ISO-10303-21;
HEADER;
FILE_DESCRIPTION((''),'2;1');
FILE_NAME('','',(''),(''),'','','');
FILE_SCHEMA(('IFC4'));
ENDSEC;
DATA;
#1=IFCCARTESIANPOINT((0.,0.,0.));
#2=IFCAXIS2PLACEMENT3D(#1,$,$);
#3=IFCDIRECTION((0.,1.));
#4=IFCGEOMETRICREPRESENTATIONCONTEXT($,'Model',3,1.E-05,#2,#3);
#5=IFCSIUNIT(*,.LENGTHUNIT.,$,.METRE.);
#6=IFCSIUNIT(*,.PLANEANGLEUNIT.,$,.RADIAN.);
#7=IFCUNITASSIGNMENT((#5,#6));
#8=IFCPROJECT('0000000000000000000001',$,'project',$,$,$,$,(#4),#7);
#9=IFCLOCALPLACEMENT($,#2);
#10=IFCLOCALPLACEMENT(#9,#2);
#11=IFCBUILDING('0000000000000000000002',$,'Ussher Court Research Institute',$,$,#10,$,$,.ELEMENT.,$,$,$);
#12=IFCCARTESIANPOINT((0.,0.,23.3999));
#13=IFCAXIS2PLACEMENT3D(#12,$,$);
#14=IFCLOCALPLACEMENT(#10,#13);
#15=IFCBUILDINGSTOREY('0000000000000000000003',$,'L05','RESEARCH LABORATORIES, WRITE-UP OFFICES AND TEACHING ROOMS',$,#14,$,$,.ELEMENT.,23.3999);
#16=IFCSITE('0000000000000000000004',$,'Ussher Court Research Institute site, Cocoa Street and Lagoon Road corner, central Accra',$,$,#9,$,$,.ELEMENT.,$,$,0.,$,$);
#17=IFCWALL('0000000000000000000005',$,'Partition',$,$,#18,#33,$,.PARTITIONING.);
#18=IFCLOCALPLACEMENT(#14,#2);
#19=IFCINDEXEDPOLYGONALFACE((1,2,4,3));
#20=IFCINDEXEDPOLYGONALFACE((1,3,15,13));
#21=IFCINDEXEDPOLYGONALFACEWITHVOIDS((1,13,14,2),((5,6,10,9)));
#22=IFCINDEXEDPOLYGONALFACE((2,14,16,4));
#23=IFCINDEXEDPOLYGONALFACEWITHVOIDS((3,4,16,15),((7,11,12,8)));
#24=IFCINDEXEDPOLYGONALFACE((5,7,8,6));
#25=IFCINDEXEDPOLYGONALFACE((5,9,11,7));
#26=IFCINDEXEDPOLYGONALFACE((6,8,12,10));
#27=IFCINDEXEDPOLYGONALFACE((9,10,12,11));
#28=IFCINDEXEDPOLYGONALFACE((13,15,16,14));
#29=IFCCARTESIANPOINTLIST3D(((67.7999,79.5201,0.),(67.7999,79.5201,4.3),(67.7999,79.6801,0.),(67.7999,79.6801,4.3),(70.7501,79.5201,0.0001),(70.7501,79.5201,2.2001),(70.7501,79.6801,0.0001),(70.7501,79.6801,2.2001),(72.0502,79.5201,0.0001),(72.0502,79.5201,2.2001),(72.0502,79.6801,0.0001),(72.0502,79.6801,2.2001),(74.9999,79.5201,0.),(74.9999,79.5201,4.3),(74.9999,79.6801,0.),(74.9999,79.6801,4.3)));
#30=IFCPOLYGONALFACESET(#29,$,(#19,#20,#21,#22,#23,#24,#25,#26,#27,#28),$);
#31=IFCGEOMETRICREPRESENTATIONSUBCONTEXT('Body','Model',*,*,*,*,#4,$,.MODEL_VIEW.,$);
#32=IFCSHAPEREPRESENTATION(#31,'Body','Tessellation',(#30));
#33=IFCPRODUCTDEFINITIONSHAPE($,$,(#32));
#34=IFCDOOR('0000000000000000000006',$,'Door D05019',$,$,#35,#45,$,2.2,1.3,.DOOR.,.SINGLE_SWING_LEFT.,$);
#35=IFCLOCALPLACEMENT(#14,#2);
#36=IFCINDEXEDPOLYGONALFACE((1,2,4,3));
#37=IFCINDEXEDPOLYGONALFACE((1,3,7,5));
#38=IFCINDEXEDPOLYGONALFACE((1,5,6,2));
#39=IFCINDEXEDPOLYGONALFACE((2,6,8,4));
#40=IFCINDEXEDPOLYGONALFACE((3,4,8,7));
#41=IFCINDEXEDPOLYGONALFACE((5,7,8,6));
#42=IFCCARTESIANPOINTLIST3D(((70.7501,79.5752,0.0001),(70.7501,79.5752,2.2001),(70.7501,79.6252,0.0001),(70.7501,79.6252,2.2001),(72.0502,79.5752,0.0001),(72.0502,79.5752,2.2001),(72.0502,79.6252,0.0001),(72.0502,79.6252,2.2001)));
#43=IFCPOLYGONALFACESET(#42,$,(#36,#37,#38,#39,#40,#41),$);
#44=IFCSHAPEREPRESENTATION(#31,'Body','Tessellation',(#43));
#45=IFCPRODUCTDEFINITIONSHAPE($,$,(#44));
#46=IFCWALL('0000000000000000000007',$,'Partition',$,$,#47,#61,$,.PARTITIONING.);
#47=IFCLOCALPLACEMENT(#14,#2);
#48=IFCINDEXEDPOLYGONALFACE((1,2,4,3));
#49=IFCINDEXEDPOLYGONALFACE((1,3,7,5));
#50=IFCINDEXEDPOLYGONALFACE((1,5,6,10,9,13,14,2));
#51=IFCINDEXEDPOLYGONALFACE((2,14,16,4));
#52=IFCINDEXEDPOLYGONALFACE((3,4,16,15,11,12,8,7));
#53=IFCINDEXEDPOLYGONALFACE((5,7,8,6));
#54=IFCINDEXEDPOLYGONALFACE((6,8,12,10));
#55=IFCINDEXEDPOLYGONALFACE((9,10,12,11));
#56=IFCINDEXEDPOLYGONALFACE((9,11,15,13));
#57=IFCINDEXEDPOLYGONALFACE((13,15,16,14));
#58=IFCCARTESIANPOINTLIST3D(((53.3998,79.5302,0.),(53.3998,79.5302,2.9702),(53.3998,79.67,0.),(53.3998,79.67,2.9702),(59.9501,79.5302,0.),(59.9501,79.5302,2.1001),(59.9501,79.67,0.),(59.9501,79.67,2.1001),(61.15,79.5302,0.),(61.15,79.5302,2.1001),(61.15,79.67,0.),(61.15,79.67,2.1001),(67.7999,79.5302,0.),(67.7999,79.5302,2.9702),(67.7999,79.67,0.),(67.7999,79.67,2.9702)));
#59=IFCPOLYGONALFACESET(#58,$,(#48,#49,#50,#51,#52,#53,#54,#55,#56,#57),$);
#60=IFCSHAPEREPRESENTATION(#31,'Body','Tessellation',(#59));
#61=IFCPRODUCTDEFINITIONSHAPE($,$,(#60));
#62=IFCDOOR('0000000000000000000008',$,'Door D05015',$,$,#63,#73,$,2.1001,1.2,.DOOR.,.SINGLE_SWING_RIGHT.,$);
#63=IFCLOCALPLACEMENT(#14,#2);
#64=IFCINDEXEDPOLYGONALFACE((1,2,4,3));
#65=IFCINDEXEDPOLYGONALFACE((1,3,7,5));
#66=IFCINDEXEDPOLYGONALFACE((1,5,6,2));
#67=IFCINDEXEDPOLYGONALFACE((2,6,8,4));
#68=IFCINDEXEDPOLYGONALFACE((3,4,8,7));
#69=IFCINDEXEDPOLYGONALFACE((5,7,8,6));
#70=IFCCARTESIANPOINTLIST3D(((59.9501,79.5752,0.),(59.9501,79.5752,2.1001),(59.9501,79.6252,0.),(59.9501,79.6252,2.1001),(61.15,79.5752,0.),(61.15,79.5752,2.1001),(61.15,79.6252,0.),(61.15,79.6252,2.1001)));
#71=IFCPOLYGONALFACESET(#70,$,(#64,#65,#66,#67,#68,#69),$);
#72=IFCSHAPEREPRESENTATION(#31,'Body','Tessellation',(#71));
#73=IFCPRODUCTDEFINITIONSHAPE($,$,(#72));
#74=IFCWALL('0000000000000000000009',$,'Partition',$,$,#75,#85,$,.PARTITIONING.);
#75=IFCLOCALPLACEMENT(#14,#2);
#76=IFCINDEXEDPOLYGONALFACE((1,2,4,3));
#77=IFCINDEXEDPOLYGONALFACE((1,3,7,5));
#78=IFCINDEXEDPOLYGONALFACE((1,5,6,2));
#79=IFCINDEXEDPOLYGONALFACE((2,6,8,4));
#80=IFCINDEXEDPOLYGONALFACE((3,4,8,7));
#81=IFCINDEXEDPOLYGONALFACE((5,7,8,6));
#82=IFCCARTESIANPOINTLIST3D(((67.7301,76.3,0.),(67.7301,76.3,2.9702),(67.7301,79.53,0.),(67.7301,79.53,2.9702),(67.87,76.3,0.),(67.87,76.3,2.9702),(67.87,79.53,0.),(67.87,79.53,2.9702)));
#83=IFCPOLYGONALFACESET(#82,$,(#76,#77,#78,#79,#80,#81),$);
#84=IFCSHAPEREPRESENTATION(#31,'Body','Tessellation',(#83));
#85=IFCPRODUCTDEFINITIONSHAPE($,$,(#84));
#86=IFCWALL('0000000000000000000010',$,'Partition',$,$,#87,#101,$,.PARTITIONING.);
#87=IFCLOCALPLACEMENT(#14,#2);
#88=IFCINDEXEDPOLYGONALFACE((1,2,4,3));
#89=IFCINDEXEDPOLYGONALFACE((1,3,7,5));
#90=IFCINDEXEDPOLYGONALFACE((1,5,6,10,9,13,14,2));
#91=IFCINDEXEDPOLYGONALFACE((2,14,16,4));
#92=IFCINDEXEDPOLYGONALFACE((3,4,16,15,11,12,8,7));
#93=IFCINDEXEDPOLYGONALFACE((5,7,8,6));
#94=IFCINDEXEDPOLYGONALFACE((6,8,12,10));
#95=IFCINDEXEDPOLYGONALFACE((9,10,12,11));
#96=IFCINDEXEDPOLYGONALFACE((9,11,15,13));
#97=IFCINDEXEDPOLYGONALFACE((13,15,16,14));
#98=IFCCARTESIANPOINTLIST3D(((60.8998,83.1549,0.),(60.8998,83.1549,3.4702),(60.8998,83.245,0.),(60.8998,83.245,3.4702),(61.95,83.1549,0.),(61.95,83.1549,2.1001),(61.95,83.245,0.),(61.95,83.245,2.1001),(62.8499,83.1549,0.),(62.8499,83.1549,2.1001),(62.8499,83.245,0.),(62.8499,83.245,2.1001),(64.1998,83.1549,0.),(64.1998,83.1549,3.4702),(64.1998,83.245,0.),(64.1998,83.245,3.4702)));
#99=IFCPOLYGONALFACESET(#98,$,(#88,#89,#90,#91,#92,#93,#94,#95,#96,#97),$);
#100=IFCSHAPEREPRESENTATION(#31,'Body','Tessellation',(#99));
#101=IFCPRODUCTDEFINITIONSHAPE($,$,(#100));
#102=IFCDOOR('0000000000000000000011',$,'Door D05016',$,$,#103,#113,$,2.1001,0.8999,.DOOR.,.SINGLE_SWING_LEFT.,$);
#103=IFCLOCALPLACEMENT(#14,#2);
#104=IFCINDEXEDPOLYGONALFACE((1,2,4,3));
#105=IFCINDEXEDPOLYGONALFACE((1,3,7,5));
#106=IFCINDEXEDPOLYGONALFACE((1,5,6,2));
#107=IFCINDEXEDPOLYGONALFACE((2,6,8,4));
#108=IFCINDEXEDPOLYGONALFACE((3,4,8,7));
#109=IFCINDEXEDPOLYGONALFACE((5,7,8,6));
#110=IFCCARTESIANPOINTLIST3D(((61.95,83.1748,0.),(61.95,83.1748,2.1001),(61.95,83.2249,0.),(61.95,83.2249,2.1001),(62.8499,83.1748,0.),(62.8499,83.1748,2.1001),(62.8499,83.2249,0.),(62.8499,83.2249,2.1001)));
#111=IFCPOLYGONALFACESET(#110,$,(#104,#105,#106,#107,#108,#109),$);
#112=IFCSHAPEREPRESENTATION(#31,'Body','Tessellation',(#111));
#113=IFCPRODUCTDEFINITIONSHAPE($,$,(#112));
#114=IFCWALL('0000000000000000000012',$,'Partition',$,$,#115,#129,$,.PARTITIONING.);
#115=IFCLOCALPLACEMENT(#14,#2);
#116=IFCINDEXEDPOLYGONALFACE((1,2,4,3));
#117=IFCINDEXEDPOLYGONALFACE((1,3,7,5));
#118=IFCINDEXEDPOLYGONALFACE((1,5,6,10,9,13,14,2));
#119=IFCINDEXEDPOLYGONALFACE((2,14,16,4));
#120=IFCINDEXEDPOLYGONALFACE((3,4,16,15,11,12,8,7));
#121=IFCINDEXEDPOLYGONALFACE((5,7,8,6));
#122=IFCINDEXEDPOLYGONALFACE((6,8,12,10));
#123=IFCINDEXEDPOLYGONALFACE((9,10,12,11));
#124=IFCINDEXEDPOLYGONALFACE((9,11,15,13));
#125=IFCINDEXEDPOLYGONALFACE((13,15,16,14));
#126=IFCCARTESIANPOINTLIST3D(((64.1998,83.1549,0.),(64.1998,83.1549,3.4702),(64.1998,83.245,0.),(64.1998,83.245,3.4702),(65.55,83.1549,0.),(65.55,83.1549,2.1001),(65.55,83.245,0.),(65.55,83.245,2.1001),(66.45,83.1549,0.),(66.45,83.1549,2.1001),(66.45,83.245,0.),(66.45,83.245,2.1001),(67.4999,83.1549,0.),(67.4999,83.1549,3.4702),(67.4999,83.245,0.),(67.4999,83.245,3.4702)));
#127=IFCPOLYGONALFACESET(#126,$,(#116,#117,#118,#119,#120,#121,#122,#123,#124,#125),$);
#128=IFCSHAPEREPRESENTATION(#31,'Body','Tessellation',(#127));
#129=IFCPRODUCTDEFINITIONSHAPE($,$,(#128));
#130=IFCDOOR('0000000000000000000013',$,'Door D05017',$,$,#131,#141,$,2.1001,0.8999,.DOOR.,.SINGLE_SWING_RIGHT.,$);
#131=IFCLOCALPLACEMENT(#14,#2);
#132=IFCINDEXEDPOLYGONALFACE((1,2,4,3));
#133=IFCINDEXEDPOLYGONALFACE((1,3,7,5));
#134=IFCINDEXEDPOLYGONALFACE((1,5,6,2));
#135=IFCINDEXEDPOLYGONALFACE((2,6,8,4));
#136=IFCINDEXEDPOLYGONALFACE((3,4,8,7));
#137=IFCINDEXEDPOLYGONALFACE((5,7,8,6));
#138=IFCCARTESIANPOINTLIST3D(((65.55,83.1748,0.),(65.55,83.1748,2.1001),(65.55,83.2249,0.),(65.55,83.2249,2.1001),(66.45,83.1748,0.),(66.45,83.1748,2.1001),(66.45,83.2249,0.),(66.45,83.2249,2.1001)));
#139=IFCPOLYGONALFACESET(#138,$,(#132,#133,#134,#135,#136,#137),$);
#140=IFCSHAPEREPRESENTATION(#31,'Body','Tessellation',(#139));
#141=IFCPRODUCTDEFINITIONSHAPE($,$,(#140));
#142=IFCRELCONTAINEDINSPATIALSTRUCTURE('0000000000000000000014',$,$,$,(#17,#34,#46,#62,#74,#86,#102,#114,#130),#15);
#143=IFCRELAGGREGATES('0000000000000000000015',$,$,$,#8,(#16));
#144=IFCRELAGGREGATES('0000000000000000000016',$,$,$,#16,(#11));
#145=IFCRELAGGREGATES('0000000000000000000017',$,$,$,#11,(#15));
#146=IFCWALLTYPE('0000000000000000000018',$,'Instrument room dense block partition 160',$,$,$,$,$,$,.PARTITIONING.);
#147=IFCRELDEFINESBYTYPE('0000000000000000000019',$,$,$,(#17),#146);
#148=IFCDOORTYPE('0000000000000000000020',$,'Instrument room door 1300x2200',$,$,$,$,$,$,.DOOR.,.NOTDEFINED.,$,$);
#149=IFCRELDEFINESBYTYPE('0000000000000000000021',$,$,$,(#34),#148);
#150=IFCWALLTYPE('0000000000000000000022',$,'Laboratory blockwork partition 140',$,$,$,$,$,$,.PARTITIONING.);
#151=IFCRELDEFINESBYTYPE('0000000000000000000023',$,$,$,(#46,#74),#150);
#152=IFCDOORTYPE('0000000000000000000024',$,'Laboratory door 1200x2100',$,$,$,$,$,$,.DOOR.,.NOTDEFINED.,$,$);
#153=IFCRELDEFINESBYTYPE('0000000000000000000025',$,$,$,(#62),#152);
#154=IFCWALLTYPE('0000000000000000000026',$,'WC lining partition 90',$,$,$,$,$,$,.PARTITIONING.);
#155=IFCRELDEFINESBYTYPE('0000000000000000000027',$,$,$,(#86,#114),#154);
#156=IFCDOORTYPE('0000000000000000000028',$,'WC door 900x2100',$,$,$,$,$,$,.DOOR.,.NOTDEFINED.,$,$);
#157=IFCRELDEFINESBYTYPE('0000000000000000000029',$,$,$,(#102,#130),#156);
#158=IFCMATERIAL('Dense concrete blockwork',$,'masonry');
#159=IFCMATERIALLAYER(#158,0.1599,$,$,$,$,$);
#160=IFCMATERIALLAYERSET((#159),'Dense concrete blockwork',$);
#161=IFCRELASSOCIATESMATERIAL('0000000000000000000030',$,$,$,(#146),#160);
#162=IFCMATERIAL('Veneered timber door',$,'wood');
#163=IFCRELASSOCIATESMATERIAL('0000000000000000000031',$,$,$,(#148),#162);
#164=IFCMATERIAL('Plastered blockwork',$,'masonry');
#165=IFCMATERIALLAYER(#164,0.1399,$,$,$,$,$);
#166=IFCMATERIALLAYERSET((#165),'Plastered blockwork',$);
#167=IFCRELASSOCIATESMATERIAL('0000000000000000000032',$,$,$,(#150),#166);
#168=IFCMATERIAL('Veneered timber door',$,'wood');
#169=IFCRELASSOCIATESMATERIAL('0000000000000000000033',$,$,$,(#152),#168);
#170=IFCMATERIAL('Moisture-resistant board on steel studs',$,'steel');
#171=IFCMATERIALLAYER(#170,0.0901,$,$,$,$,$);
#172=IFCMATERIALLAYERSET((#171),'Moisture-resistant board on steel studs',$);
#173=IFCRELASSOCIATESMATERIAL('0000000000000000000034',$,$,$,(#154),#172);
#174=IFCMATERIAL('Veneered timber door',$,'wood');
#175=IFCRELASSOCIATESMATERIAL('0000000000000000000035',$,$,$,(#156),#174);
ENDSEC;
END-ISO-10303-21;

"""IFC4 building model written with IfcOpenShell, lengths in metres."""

from ifc_helpers import new_model, si_unit, direction, frame, frame_2d, origin, place, context, subcontext, project, spatial, rectangle, extrude, material, layer, layer_set, type_object, element, fill, save


model = new_model("IFC4")

# Units and contexts
model_context = context("Model", 3, precision=1e-05, world=origin(), true_north=direction((0.0, 1.0)))
body_context = subcontext(model_context, "Body", "Model", "MODEL_VIEW")
ifc_project = project(units=[si_unit("LENGTHUNIT", "METRE"), si_unit("PLANEANGLEUNIT", "RADIAN")], contexts=[model_context])

# Site, building, storey
site_placement = place(None, origin())
site = spatial("IfcSite", under=ifc_project, at=site_placement, Name="Ussher Court Research Institute site, Cocoa Street and Lagoon Road corner, central Accra", CompositionType="ELEMENT", RefElevation=0.0)
building_placement = place(site_placement, origin())
building = spatial("IfcBuilding", under=site, at=building_placement, Name="Ussher Court Research Institute", CompositionType="ELEMENT")
storey_placement = place(building_placement, frame((0.0, 0.0, 23.3999)))
storey = spatial("IfcBuildingStorey", under=building, at=storey_placement, Name="L05", Description="RESEARCH LABORATORIES, WRITE-UP OFFICES AND TEACHING ROOMS", CompositionType="ELEMENT", Elevation=23.3999)

# Walls, openings, doors
ifc_material_1 = material(Name="Dense concrete blockwork", Category="masonry")
ifc_layer_1 = layer(ifc_material_1, 0.1599)
ifc_layer_set_1 = layer_set([ifc_layer_1], Name="Dense concrete blockwork")
wall_type_1 = type_object("IfcWallType", Name="Instrument room dense block partition 160", PredefinedType="PARTITIONING", material=ifc_layer_set_1)
wall_1_placement = place(storey_placement, frame((75.0, 79.6001, 0.0), z_axis=(0.0, 0.0, 1.0), x_axis=(-1.0, 0.0, 0.0)))
wall_1 = element("IfcWall", 1, at=wall_1_placement, inside=storey, type_object=wall_type_1, Name="Partition", PredefinedType="PARTITIONING", context=body_context, shape_type="SweptSolid", body=[
    extrude(rectangle(XDim=7.2, YDim=0.1599, at=frame_2d((3.6001, 0.0))), origin(), (0.0, 0.0, 1.0), 4.3),
])
opening_1_placement = place(wall_1_placement, frame((2.95, 0.0, 0.0)))
opening_1 = element("IfcOpeningElement", 2, at=opening_1_placement, cuts=wall_1, PredefinedType="OPENING", context=body_context, shape_type="SweptSolid", body=[
    extrude(rectangle(XDim=1.3, YDim=2.2, at=frame_2d((0.6499, 1.1001))), frame((0.0, 0.0898, 0.0), z_axis=(0.0, -1.0, 0.0), x_axis=(1.0, 0.0, 0.0)), (0.0, 0.0, 1.0), 0.1799),
])
ifc_material_2 = material(Name="Veneered timber door", Category="wood")
door_type_1 = type_object("IfcDoorType", Name="Instrument room door 1300x2200", OperationType="NOTDEFINED", PredefinedType="DOOR", material=ifc_material_2)
door_1_placement = place(opening_1_placement, origin())
door_1 = element("IfcDoor", 3, at=door_1_placement, inside=storey, type_object=door_type_1, Name="Door D05019", OperationType="SINGLE_SWING_LEFT", OverallHeight=2.2, OverallWidth=1.3, PredefinedType="DOOR", context=body_context, shape_type="SweptSolid", body=[
    extrude(rectangle(XDim=1.3, YDim=2.2, at=frame_2d((0.6499, 1.1001))), frame((0.0, 0.0249, 0.0), z_axis=(0.0, -1.0, 0.0), x_axis=(1.0, 0.0, 0.0)), (0.0, 0.0, 1.0), 0.05),
])
fill(opening_1, door_1)
ifc_material_3 = material(Name="Plastered blockwork", Category="masonry")
ifc_layer_2 = layer(ifc_material_3, 0.1399)
ifc_layer_set_2 = layer_set([ifc_layer_2], Name="Plastered blockwork")
wall_type_2 = type_object("IfcWallType", Name="Laboratory blockwork partition 140", PredefinedType="PARTITIONING", material=ifc_layer_set_2)
wall_2_placement = place(storey_placement, frame((67.8, 79.6001, 0.0), z_axis=(0.0, 0.0, 1.0), x_axis=(-1.0, 0.0, 0.0)))
wall_2 = element("IfcWall", 4, at=wall_2_placement, inside=storey, type_object=wall_type_2, Name="Partition", PredefinedType="PARTITIONING", context=body_context, shape_type="SweptSolid", body=[
    extrude(rectangle(XDim=14.4001, YDim=0.1399, at=frame_2d((7.2002, 0.0))), origin(), (0.0, 0.0, 1.0), 2.9702),
])
opening_2_placement = place(wall_2_placement, frame((6.6499, 0.0, 0.0)))
opening_2 = element("IfcOpeningElement", 5, at=opening_2_placement, cuts=wall_2, PredefinedType="OPENING", context=body_context, shape_type="SweptSolid", body=[
    extrude(rectangle(XDim=1.2, YDim=2.1001, at=frame_2d((0.6001, 1.05))), frame((0.0, 0.0801, 0.0), z_axis=(0.0, -1.0, 0.0), x_axis=(1.0, 0.0, 0.0)), (0.0, 0.0, 1.0), 0.1599),
])
ifc_material_4 = material(Name="Veneered timber door", Category="wood")
door_type_2 = type_object("IfcDoorType", Name="Laboratory door 1200x2100", OperationType="NOTDEFINED", PredefinedType="DOOR", material=ifc_material_4)
door_2_placement = place(opening_2_placement, origin())
door_2 = element("IfcDoor", 6, at=door_2_placement, inside=storey, type_object=door_type_2, Name="Door D05015", OperationType="SINGLE_SWING_RIGHT", OverallHeight=2.1001, OverallWidth=1.2, PredefinedType="DOOR", context=body_context, shape_type="SweptSolid", body=[
    extrude(rectangle(XDim=1.2, YDim=2.1001, at=frame_2d((0.6001, 1.05))), frame((0.0, 0.0249, 0.0), z_axis=(0.0, -1.0, 0.0), x_axis=(1.0, 0.0, 0.0)), (0.0, 0.0, 1.0), 0.05),
])
fill(opening_2, door_2)

# Wall
wall_3_placement = place(storey_placement, frame((67.8, 76.3, 0.0), z_axis=(0.0, 0.0, 1.0), x_axis=(0.0, 1.0, 0.0)))
element("IfcWall", 7, at=wall_3_placement, inside=storey, type_object=wall_type_2, Name="Partition", PredefinedType="PARTITIONING", context=body_context, shape_type="SweptSolid", body=[
    extrude(rectangle(XDim=3.23, YDim=0.1399, at=frame_2d((1.615, 0.0))), origin(), (0.0, 0.0, 1.0), 2.9702),
])

# Walls, openings, doors
ifc_material_5 = material(Name="Moisture-resistant board on steel studs", Category="steel")
ifc_layer_3 = layer(ifc_material_5, 0.0901)
ifc_layer_set_3 = layer_set([ifc_layer_3], Name="Moisture-resistant board on steel studs")
wall_type_3 = type_object("IfcWallType", Name="WC lining partition 90", PredefinedType="PARTITIONING", material=ifc_layer_set_3)
wall_4_placement = place(storey_placement, frame((60.8999, 83.2, 0.0), z_axis=(0.0, 0.0, 1.0), x_axis=(1.0, 0.0, 0.0)))
wall_4 = element("IfcWall", 8, at=wall_4_placement, inside=storey, type_object=wall_type_3, Name="Partition", PredefinedType="PARTITIONING", context=body_context, shape_type="SweptSolid", body=[
    extrude(rectangle(XDim=3.3, YDim=0.0901, at=frame_2d((1.6499, 0.0))), origin(), (0.0, 0.0, 1.0), 3.4702),
])
opening_3_placement = place(wall_4_placement, frame((1.05, 0.0, 0.0)))
opening_3 = element("IfcOpeningElement", 9, at=opening_3_placement, cuts=wall_4, PredefinedType="OPENING", context=body_context, shape_type="SweptSolid", body=[
    extrude(rectangle(XDim=0.8999, YDim=2.1001, at=frame_2d((0.45, 1.05))), frame((0.0, 0.0552, 0.0), z_axis=(0.0, -1.0, 0.0), x_axis=(1.0, 0.0, 0.0)), (0.0, 0.0, 1.0), 0.1101),
])
ifc_material_6 = material(Name="Veneered timber door", Category="wood")
door_type_3 = type_object("IfcDoorType", Name="WC door 900x2100", OperationType="NOTDEFINED", PredefinedType="DOOR", material=ifc_material_6)
door_3_placement = place(opening_3_placement, origin())
door_3 = element("IfcDoor", 10, at=door_3_placement, inside=storey, type_object=door_type_3, Name="Door D05016", OperationType="SINGLE_SWING_LEFT", OverallHeight=2.1001, OverallWidth=0.8999, PredefinedType="DOOR", context=body_context, shape_type="SweptSolid", body=[
    extrude(rectangle(XDim=0.8999, YDim=2.1001, at=frame_2d((0.45, 1.05))), frame((0.0, 0.0249, 0.0), z_axis=(0.0, -1.0, 0.0), x_axis=(1.0, 0.0, 0.0)), (0.0, 0.0, 1.0), 0.05),
])
fill(opening_3, door_3)
wall_5_placement = place(storey_placement, frame((64.2, 83.2, 0.0), z_axis=(0.0, 0.0, 1.0), x_axis=(1.0, 0.0, 0.0)))
wall_5 = element("IfcWall", 11, at=wall_5_placement, inside=storey, type_object=wall_type_3, Name="Partition", PredefinedType="PARTITIONING", context=body_context, shape_type="SweptSolid", body=[
    extrude(rectangle(XDim=3.3, YDim=0.0901, at=frame_2d((1.6499, 0.0))), origin(), (0.0, 0.0, 1.0), 3.4702),
])
opening_4_placement = place(wall_5_placement, frame((1.3501, 0.0, 0.0)))
opening_4 = element("IfcOpeningElement", 12, at=opening_4_placement, cuts=wall_5, PredefinedType="OPENING", context=body_context, shape_type="SweptSolid", body=[
    extrude(rectangle(XDim=0.8999, YDim=2.1001, at=frame_2d((0.45, 1.05))), frame((0.0, 0.0552, 0.0), z_axis=(0.0, -1.0, 0.0), x_axis=(1.0, 0.0, 0.0)), (0.0, 0.0, 1.0), 0.1101),
])
door_4_placement = place(opening_4_placement, origin())
door_4 = element("IfcDoor", 13, at=door_4_placement, inside=storey, type_object=door_type_3, Name="Door D05017", OperationType="SINGLE_SWING_RIGHT", OverallHeight=2.1001, OverallWidth=0.8999, PredefinedType="DOOR", context=body_context, shape_type="SweptSolid", body=[
    extrude(rectangle(XDim=0.8999, YDim=2.1001, at=frame_2d((0.45, 1.05))), frame((0.0, 0.0249, 0.0), z_axis=(0.0, -1.0, 0.0), x_axis=(1.0, 0.0, 0.0)), (0.0, 0.0, 1.0), 0.05),
])
fill(opening_4, door_4)

save(model, "model.ifc")
